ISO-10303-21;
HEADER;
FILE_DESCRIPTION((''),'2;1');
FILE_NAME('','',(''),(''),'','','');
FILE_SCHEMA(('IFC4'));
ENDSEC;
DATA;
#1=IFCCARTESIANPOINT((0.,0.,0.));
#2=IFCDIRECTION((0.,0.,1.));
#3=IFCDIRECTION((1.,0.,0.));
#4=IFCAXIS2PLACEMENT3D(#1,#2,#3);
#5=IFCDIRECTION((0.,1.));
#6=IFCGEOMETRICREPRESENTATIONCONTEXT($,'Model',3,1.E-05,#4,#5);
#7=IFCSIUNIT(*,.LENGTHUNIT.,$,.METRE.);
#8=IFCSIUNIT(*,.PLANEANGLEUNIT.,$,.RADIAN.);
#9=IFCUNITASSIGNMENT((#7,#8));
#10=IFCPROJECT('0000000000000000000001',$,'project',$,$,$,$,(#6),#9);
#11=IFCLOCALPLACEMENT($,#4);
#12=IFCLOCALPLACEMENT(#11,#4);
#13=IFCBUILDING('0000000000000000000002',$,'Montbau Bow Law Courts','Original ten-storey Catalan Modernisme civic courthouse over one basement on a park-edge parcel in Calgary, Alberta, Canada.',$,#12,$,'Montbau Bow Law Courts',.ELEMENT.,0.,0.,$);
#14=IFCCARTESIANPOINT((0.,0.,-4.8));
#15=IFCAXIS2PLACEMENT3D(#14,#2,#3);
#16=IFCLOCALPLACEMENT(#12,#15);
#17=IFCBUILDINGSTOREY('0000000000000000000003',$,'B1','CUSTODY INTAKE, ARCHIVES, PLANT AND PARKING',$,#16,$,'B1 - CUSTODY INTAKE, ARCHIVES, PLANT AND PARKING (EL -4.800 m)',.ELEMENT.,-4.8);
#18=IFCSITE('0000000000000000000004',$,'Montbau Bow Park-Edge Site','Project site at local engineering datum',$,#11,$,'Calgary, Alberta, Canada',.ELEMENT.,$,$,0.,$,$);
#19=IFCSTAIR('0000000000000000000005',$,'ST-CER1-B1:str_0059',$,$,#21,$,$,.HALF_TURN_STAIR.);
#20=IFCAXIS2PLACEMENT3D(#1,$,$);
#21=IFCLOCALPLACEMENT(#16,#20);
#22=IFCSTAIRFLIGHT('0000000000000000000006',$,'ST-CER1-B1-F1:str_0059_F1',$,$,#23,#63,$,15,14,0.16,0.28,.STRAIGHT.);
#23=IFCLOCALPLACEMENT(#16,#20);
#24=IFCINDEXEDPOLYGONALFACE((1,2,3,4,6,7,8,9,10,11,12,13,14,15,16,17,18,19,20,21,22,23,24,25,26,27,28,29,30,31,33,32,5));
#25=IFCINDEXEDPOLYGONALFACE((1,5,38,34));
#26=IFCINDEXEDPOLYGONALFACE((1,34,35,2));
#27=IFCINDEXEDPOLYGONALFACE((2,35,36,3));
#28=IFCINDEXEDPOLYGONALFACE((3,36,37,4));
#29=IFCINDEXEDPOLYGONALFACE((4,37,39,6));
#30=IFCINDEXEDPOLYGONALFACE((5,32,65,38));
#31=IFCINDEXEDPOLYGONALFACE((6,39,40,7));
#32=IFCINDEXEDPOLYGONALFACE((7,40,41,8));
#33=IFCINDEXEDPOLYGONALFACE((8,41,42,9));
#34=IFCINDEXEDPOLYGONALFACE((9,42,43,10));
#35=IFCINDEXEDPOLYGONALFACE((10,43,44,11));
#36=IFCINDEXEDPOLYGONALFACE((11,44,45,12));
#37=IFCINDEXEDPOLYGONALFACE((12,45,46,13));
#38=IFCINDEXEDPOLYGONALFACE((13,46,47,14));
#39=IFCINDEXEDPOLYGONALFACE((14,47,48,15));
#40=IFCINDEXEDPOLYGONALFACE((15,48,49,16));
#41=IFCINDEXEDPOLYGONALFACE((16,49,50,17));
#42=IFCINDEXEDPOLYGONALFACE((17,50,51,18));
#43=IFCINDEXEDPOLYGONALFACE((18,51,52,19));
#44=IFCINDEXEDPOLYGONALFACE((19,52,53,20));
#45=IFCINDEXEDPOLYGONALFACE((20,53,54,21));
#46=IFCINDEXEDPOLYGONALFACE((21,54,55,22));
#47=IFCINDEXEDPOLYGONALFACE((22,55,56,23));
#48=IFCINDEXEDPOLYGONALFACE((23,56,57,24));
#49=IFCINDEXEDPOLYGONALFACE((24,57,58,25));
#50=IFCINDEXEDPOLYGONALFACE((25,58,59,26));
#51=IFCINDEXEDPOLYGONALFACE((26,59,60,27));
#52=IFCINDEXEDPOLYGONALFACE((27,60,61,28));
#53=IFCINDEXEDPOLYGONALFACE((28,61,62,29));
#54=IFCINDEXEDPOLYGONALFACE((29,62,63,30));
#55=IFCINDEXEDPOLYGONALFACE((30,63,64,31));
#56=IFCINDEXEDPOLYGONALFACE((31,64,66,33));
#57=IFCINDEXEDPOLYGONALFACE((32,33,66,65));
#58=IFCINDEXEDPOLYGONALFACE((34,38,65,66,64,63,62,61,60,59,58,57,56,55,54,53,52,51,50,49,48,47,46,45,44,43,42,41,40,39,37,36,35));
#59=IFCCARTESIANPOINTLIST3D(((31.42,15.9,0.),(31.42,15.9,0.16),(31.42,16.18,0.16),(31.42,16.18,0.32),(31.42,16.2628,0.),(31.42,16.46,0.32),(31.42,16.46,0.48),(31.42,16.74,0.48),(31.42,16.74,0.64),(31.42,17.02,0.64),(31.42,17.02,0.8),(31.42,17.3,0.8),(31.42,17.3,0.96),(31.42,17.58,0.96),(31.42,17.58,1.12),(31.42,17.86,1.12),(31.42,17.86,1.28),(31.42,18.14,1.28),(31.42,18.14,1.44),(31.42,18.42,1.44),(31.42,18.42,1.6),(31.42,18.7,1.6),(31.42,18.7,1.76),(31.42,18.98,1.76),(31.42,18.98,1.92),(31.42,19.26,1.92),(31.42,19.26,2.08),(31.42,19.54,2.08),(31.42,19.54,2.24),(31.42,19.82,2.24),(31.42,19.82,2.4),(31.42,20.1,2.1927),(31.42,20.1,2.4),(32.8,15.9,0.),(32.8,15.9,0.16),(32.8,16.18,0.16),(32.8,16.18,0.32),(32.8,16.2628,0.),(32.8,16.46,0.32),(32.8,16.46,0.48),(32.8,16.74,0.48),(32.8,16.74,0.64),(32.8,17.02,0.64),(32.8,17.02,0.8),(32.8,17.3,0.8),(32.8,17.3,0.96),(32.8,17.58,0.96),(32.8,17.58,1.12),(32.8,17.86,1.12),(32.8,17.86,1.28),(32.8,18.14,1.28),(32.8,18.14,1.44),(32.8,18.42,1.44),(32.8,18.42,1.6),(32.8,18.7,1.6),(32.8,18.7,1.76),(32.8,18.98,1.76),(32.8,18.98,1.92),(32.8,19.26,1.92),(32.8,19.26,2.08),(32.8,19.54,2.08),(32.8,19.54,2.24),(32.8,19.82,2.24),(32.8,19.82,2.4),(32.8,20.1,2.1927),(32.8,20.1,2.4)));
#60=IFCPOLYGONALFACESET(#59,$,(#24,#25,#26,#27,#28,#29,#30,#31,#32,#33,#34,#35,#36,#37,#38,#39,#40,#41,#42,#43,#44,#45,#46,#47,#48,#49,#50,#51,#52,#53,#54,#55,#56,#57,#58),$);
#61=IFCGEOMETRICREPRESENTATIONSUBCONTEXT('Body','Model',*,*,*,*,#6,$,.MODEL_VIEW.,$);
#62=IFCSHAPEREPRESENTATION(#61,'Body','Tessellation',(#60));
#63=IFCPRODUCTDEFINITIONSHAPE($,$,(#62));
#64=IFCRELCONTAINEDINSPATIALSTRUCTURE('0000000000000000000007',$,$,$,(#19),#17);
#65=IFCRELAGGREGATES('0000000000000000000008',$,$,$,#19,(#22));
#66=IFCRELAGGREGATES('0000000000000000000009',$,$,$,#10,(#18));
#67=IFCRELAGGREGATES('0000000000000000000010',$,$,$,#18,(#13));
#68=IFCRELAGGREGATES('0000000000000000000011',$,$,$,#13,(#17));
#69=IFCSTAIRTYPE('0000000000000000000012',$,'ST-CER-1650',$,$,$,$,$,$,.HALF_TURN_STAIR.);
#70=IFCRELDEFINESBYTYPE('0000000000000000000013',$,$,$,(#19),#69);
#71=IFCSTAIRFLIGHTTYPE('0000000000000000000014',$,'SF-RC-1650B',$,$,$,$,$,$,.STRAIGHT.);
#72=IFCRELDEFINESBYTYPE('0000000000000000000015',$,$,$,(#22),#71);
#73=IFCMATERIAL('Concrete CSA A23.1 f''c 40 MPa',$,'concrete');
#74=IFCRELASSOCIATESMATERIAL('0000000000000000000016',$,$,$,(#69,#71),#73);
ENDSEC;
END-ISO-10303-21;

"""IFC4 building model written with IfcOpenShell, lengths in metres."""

from ifc_helpers import new_model, si_unit, direction, frame, origin_with_axes, place, context, subcontext, project, spatial, polyline, outline, extrude, material, type_object, element, aggregate, save


model = new_model("IFC4")

# Units and contexts
model_context = context("Model", 3, precision=1e-05, world=origin_with_axes(), true_north=direction((0.0, 1.0)))
body_context = subcontext(model_context, "Body", "Model", "MODEL_VIEW")
ifc_project = project(units=[si_unit("LENGTHUNIT", "METRE"), si_unit("PLANEANGLEUNIT", "RADIAN")], contexts=[model_context])

# Site, building, storey
site_placement = place(None, origin_with_axes())
site = spatial("IfcSite", under=ifc_project, at=site_placement, Name="Montbau Bow Park-Edge Site", Description="Project site at local engineering datum", LongName="Calgary, Alberta, Canada", CompositionType="ELEMENT", RefElevation=0.0)
building_placement = place(site_placement, origin_with_axes())
building = spatial("IfcBuilding", under=site, at=building_placement, Name="Montbau Bow Law Courts", Description="Original ten-storey Catalan Modernisme civic courthouse over one basement on a park-edge parcel in Calgary, Alberta, Canada.", LongName="Montbau Bow Law Courts", CompositionType="ELEMENT", ElevationOfRefHeight=0.0, ElevationOfTerrain=0.0)
storey_placement = place(building_placement, frame((0.0, 0.0, -4.8), z_axis=(0.0, 0.0, 1.0), x_axis=(1.0, 0.0, 0.0)))
storey = spatial("IfcBuildingStorey", under=building, at=storey_placement, Name="B1", Description="CUSTODY INTAKE, ARCHIVES, PLANT AND PARKING", LongName="B1 - CUSTODY INTAKE, ARCHIVES, PLANT AND PARKING (EL -4.800 m)", CompositionType="ELEMENT", Elevation=-4.8)

# Shared definitions
ifc_material_1 = material(Name="Concrete CSA A23.1 f'c 40 MPa", Category="concrete")

# Stair, stair flight
stair_type = type_object("IfcStairType", Name="ST-CER-1650", PredefinedType="HALF_TURN_STAIR", material=ifc_material_1)
stair_placement = place(None, frame((32.11, 15.9, -4.8), z_axis=(0.0, 0.0, 1.0), x_axis=(1.0, 0.0, 0.0)))
stair = element("IfcStair", 1, at=stair_placement, inside=storey, type_object=stair_type, Name="ST-CER1-B1:str_0059", PredefinedType="HALF_TURN_STAIR")
stair_flight_type = type_object("IfcStairFlightType", Name="SF-RC-1650B", PredefinedType="STRAIGHT", material=ifc_material_1)
stair_flight_placement = place(None, frame((32.11, 15.9, -4.8), z_axis=(0.0, 0.0, 1.0), x_axis=(0.0, 1.0, 0.0)))
stair_flight = element("IfcStairFlight", 2, at=stair_flight_placement, type_object=stair_flight_type, Name="ST-CER1-B1-F1:str_0059_F1", NumberOfRisers=15, NumberOfTreads=14, PredefinedType="STRAIGHT", RiserHeight=0.16, TreadLength=0.28, context=body_context, shape_type="SweptSolid", body=[
    extrude(outline(polyline([(0.0, 0.0), (0.0, 0.16), (0.28, 0.16), (0.28, 0.32), (0.56, 0.32), (0.56, 0.48), (0.84, 0.48), (0.84, 0.64), (1.12, 0.64), (1.12, 0.8), (1.4, 0.8), (1.4, 0.96), (1.68, 0.96), (1.68, 1.12), (1.96, 1.12), (1.96, 1.28), (2.24, 1.28), (2.24, 1.44), (2.52, 1.44), (2.52, 1.6), (2.8, 1.6), (2.8, 1.76), (3.08, 1.76), (3.08, 1.92), (3.36, 1.92), (3.36, 2.08), (3.64, 2.08), (3.64, 2.24), (3.92, 2.24), (3.92, 2.4), (4.2, 2.4), (4.2, 2.1927), (0.3628, 0.0), (0.0, 0.0)])), frame((0.0, 0.69, 0.0), z_axis=(0.0, -1.0, 0.0), x_axis=(1.0, 0.0, 0.0)), (0.0, 0.0, 1.0), 1.38),
])
aggregate(stair, [stair_flight])

save(model, "model.ifc")
